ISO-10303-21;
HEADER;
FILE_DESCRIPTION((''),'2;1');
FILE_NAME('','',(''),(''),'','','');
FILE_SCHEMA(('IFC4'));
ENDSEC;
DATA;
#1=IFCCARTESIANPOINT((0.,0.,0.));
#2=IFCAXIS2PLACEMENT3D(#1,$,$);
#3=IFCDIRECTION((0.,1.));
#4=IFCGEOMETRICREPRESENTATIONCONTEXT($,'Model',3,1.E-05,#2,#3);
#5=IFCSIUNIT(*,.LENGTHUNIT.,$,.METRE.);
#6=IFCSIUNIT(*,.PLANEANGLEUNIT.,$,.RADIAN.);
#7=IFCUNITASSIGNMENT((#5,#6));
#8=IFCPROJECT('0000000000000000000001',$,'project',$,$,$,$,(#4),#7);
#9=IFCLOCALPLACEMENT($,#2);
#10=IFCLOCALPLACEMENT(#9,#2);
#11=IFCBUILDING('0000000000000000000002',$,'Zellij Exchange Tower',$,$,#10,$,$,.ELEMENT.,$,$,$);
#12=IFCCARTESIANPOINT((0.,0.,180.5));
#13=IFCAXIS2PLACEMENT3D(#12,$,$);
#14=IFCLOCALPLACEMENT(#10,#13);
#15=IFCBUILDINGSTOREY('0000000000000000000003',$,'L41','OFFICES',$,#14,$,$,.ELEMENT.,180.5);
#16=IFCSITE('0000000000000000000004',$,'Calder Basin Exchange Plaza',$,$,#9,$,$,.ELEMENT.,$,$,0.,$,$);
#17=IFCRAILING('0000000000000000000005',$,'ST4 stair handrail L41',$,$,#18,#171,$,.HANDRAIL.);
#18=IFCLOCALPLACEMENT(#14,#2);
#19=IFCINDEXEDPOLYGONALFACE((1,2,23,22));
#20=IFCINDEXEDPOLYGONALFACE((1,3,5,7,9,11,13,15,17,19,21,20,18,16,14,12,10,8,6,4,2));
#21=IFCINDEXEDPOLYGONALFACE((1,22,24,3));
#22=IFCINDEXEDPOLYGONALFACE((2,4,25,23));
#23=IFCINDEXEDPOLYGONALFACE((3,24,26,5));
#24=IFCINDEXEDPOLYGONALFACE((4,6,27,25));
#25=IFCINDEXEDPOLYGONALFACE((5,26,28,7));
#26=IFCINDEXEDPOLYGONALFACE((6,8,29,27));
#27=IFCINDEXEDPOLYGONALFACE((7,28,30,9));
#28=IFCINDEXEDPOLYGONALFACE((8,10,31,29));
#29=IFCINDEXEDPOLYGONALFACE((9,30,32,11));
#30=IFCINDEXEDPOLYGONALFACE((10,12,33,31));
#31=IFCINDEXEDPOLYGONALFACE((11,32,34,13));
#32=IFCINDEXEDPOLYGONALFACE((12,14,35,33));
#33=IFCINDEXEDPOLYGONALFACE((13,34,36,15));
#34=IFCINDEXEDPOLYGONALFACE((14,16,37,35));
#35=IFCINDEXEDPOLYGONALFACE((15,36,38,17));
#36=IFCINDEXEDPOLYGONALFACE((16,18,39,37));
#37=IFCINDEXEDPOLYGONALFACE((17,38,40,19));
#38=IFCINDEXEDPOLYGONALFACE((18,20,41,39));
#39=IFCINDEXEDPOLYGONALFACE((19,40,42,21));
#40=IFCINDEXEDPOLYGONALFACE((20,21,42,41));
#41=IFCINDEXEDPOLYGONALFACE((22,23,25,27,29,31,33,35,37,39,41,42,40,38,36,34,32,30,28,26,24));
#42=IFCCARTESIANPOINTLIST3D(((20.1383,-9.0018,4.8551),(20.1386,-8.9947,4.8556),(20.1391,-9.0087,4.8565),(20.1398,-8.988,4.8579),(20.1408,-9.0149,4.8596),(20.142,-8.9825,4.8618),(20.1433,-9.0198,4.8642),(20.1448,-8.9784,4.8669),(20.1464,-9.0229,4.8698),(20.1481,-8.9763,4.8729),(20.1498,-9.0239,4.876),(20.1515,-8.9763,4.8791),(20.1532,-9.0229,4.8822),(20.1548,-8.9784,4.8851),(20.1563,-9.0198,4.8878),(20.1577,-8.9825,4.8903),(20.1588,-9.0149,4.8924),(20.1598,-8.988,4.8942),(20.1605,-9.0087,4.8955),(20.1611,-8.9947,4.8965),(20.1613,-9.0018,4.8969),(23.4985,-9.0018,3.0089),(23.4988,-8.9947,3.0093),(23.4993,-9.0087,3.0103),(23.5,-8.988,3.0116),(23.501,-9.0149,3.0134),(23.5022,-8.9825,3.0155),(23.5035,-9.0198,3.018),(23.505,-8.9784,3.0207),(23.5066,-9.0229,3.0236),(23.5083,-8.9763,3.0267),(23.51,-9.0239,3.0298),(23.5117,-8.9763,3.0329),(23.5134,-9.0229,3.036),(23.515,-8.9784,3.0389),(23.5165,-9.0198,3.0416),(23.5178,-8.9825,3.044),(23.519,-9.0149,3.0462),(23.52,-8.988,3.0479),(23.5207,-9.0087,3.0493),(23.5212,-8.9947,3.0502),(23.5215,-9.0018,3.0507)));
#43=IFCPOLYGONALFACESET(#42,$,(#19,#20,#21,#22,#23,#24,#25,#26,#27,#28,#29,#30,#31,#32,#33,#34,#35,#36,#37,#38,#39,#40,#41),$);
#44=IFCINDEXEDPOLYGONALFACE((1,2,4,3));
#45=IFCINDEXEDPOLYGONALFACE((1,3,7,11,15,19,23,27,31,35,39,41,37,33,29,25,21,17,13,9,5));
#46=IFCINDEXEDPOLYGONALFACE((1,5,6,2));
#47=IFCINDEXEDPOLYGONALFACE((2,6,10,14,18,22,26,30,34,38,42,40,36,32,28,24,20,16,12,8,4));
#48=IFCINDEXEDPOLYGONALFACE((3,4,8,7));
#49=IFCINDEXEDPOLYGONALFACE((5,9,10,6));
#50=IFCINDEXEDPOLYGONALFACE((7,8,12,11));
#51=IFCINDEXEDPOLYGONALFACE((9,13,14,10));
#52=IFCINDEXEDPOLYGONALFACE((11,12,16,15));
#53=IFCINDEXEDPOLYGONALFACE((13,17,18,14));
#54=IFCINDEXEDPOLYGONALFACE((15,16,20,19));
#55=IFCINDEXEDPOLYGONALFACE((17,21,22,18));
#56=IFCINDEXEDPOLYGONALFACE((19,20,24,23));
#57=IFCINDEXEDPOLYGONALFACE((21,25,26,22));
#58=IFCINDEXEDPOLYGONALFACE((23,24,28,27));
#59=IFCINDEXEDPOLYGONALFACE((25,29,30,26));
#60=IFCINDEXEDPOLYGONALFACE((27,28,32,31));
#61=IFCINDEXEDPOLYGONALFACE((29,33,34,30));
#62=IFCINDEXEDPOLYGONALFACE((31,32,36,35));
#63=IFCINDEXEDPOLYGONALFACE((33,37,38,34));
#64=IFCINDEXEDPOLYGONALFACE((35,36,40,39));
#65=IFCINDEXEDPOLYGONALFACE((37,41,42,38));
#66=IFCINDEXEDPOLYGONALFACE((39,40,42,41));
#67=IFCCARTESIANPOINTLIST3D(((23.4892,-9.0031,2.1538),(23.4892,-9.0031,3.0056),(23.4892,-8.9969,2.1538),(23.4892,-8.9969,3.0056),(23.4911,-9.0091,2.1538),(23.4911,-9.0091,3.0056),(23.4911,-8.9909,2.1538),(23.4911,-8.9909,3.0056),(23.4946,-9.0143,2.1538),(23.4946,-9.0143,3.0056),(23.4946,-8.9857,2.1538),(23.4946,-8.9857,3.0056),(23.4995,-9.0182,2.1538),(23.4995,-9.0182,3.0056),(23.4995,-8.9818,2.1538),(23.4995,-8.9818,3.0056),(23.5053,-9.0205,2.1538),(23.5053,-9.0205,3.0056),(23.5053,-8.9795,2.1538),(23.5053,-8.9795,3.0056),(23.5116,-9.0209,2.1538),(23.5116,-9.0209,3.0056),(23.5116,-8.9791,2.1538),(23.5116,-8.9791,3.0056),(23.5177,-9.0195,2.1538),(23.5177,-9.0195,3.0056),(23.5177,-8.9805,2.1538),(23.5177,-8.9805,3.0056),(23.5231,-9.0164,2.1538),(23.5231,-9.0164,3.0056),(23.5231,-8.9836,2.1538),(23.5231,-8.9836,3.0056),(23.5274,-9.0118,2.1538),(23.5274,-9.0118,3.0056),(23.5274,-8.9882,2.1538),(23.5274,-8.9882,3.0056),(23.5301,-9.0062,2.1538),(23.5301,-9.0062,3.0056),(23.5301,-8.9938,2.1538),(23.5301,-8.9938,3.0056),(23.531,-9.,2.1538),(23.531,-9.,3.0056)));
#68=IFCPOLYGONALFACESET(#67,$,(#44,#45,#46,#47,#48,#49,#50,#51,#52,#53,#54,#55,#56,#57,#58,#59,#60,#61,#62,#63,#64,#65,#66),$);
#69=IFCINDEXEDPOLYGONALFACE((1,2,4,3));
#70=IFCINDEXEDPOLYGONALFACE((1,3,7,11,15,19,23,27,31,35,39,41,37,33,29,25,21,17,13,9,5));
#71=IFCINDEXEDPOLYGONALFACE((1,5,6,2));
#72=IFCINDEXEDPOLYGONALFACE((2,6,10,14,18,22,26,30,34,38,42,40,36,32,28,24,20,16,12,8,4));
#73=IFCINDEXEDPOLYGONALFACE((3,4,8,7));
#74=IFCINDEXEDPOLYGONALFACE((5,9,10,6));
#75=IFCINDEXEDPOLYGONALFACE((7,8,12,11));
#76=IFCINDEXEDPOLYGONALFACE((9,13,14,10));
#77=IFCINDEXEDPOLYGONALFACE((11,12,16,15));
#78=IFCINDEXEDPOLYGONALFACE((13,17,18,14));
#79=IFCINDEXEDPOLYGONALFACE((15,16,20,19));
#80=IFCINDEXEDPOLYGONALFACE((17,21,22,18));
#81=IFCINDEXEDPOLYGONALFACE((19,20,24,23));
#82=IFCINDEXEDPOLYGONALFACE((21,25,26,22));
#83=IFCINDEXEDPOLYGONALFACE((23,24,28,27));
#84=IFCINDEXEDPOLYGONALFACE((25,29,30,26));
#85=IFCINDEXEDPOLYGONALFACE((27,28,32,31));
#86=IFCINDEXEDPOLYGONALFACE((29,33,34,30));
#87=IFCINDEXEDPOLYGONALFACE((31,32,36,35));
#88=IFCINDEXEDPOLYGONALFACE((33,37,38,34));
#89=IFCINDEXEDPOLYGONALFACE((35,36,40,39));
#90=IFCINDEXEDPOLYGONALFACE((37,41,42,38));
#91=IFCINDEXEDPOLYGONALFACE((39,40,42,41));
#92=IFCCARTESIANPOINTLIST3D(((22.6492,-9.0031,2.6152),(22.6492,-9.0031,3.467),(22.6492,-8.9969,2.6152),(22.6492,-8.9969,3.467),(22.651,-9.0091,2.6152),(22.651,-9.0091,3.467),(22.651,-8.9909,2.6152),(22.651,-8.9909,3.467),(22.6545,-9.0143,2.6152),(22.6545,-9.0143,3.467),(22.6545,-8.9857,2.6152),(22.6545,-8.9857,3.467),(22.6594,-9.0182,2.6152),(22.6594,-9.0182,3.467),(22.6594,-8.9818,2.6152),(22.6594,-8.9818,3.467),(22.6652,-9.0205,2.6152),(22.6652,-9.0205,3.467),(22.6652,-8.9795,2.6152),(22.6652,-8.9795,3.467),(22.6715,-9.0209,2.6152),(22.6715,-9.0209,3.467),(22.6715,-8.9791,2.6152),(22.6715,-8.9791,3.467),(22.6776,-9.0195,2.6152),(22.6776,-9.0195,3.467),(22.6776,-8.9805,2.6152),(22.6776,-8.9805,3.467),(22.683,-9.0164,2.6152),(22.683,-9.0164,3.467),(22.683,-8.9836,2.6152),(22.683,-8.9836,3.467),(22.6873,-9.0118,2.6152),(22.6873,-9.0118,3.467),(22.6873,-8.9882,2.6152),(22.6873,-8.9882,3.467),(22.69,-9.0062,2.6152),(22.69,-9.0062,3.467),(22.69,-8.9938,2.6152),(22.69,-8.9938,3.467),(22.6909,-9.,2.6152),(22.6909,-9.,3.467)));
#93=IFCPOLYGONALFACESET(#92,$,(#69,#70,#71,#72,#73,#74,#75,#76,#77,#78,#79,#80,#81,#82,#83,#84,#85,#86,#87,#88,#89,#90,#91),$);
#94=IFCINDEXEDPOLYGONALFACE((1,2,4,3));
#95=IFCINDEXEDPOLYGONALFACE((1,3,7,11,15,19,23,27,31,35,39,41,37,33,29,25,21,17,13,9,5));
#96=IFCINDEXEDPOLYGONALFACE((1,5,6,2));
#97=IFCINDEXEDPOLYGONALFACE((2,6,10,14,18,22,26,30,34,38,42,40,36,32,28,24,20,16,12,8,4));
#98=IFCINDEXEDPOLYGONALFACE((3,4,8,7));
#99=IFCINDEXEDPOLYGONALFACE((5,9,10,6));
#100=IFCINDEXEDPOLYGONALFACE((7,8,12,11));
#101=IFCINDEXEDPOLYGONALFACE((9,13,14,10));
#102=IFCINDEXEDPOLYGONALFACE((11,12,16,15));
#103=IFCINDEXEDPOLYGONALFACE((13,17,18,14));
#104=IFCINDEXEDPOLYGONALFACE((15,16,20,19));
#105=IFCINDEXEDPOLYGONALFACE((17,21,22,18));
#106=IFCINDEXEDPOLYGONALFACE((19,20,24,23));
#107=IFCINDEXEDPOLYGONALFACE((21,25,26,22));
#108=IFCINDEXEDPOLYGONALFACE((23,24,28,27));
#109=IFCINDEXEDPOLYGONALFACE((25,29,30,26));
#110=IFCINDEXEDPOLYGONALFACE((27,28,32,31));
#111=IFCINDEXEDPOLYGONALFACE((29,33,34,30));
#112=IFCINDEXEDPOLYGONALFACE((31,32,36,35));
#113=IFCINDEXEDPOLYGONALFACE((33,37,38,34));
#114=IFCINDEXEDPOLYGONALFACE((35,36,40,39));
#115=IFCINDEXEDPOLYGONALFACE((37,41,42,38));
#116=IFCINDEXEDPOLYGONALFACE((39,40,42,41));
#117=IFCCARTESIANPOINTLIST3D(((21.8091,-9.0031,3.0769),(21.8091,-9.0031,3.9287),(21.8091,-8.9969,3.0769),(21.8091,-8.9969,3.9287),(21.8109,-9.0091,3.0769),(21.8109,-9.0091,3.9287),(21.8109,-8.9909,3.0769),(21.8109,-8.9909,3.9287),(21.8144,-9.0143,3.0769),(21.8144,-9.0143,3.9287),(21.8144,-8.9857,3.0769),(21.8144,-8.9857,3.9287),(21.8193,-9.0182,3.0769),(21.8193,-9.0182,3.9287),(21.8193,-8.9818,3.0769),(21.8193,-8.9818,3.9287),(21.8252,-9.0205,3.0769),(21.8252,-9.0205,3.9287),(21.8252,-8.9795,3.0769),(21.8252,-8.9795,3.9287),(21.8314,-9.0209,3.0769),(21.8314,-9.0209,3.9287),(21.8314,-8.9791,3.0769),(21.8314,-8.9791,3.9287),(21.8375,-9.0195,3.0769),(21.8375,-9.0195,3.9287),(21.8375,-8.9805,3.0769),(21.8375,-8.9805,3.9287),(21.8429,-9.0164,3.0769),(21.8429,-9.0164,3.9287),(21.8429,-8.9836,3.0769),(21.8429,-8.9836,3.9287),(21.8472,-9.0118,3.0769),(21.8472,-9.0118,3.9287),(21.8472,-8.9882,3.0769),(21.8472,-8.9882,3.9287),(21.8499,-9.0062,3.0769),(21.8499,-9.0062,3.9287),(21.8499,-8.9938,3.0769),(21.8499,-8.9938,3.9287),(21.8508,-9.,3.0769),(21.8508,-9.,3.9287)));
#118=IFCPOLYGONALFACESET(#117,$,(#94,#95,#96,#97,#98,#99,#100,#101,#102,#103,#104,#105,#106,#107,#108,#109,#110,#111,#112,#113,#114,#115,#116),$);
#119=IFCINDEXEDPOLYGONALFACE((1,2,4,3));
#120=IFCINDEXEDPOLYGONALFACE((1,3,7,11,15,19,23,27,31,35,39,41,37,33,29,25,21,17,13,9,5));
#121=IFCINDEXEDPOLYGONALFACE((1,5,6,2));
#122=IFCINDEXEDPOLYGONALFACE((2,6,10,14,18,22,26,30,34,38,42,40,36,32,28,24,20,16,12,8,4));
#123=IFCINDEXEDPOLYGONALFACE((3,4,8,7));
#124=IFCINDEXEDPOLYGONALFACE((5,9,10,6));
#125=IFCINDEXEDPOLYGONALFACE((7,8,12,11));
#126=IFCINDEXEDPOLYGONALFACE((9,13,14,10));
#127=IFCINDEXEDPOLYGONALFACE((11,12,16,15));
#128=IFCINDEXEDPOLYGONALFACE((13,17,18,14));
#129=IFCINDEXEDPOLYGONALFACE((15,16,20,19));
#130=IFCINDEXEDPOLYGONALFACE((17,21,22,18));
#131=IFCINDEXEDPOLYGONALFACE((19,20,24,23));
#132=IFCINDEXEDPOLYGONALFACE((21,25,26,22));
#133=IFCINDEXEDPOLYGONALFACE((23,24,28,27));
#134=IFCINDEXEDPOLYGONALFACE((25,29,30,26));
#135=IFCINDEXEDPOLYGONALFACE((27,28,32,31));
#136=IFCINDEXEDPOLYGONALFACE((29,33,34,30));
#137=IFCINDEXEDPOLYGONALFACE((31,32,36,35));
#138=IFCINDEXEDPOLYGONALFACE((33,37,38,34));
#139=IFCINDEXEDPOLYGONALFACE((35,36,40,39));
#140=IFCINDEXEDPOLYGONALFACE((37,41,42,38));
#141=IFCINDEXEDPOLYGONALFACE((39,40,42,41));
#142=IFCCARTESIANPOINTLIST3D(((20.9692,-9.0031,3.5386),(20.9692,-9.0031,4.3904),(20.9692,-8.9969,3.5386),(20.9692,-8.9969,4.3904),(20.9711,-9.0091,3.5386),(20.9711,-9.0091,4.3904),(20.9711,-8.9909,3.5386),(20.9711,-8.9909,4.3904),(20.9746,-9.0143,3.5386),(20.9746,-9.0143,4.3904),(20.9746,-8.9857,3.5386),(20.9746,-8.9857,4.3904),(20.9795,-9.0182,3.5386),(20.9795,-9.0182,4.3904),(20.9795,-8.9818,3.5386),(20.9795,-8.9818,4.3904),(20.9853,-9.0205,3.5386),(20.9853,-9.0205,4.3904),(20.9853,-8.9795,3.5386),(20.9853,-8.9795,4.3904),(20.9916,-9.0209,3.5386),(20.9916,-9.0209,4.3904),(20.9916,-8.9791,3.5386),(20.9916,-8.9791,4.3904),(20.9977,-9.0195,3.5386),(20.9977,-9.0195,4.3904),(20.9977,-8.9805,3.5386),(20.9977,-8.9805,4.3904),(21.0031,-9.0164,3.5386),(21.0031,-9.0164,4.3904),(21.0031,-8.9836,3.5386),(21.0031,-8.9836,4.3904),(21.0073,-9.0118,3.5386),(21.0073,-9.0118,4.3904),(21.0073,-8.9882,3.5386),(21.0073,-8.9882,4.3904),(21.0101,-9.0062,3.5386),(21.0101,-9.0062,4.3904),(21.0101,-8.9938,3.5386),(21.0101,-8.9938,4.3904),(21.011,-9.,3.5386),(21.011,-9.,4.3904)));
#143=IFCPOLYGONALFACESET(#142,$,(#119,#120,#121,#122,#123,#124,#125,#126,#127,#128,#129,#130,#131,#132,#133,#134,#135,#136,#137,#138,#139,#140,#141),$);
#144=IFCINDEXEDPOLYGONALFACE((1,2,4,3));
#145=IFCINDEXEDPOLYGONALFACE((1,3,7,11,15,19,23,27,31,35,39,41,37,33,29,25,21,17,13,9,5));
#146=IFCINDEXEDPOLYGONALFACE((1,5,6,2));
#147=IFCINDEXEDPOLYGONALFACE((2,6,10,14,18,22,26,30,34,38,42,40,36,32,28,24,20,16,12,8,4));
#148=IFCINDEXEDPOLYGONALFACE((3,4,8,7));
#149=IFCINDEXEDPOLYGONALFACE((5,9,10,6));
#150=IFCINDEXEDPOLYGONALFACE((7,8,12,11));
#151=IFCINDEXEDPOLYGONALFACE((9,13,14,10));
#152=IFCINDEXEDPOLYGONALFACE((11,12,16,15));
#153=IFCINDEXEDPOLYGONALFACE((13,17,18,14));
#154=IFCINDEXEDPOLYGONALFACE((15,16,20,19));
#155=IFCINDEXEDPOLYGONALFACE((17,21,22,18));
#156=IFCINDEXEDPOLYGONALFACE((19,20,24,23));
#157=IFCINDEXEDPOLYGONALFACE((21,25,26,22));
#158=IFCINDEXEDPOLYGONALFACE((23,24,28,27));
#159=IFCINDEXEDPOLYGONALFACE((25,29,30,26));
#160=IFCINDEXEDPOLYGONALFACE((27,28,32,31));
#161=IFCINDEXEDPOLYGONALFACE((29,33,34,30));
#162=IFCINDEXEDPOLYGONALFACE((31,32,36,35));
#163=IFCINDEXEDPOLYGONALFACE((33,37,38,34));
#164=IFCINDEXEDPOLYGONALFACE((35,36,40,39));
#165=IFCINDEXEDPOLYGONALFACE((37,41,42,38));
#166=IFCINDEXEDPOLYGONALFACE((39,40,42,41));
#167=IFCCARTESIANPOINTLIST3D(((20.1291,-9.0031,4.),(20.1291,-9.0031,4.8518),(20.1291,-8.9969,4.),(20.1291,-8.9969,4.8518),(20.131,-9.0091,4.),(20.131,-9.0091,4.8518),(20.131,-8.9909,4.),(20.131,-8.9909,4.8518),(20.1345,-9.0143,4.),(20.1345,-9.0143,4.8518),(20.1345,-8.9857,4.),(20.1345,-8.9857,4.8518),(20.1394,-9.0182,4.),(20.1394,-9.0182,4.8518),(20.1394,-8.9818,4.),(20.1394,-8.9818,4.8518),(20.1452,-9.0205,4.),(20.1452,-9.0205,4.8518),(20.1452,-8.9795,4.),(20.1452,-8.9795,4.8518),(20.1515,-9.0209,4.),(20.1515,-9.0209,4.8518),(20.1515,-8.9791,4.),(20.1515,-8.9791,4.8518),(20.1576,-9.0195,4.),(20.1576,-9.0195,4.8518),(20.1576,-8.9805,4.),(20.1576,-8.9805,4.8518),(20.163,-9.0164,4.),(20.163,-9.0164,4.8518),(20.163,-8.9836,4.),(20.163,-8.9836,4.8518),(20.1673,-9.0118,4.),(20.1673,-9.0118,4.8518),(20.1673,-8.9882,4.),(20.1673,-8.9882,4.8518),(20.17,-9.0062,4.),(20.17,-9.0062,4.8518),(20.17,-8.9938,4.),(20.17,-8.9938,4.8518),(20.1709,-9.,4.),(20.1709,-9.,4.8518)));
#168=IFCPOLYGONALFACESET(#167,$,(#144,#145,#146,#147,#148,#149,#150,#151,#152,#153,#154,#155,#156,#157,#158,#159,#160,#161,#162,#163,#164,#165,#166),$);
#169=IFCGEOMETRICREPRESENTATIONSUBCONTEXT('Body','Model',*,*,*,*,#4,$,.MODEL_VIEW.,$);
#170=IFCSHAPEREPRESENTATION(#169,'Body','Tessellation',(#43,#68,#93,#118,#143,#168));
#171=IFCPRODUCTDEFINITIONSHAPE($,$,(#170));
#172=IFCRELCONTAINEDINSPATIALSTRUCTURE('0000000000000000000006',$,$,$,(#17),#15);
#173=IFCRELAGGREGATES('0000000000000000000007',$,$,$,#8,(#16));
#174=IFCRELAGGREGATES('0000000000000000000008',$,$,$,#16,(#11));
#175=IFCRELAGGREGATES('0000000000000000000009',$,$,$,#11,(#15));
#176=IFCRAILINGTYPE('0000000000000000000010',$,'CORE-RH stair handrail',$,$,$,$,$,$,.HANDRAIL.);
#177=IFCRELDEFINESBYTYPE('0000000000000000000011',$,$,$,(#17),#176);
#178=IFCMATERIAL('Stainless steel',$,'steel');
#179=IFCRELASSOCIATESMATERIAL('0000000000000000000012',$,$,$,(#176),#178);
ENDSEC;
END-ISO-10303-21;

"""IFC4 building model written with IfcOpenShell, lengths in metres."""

from ifc_helpers import new_model, si_unit, direction, frame, origin, origin_2d, place, context, subcontext, project, spatial, circle, extrude, material, type_object, element, save


model = new_model("IFC4")

# Units and contexts
model_context = context("Model", 3, precision=1e-05, world=origin(), true_north=direction((0.0, 1.0)))
body_context = subcontext(model_context, "Body", "Model", "MODEL_VIEW")
ifc_project = project(units=[si_unit("LENGTHUNIT", "METRE"), si_unit("PLANEANGLEUNIT", "RADIAN")], contexts=[model_context])

# Site, building, storey
site_placement = place(None, origin())
site = spatial("IfcSite", under=ifc_project, at=site_placement, Name="Calder Basin Exchange Plaza", CompositionType="ELEMENT", RefElevation=0.0)
building_placement = place(site_placement, origin())
building = spatial("IfcBuilding", under=site, at=building_placement, Name="Zellij Exchange Tower", CompositionType="ELEMENT")
storey_placement = place(building_placement, frame((0.0, 0.0, 180.5)))
storey = spatial("IfcBuildingStorey", under=building, at=storey_placement, Name="L41", Description="OFFICES", CompositionType="ELEMENT", Elevation=180.5)

# Railing
ifc_material_1 = material(Name="Stainless steel", Category="steel")
railing_type_1 = type_object("IfcRailingType", Name="CORE-RH stair handrail", PredefinedType="HANDRAIL", material=ifc_material_1)
railing_1_placement = place(storey_placement, frame((23.51, -9.0, 2.1538)))
element("IfcRailing", 1, at=railing_1_placement, inside=storey, type_object=railing_type_1, Name="ST4 stair handrail L41", PredefinedType="HANDRAIL", context=body_context, shape_type="SweptSolid", body=[
    extrude(circle(Radius=0.0239, at=origin_2d()), frame((0.0, 0.0, 0.876), z_axis=(-0.876422, 0.0, 0.481545), x_axis=(0.0, -1.0, 0.0)), (0.0, 0.0, 1.0), 3.834),
    extrude(circle(Radius=0.021, at=origin_2d()), origin(), (0.0, 0.0, 1.0), 0.8518),
    extrude(circle(Radius=0.021, at=origin_2d()), frame((-0.8401, 0.0, 0.4614)), (0.0, 0.0, 1.0), 0.8518),
    extrude(circle(Radius=0.021, at=origin_2d()), frame((-1.6802, 0.0, 0.9231)), (0.0, 0.0, 1.0), 0.8518),
    extrude(circle(Radius=0.021, at=origin_2d()), frame((-2.52, 0.0, 1.3848)), (0.0, 0.0, 1.0), 0.8518),
    extrude(circle(Radius=0.021, at=origin_2d()), frame((-3.3601, 0.0, 1.8462)), (0.0, 0.0, 1.0), 0.8518),
])

save(model, "model.ifc")
